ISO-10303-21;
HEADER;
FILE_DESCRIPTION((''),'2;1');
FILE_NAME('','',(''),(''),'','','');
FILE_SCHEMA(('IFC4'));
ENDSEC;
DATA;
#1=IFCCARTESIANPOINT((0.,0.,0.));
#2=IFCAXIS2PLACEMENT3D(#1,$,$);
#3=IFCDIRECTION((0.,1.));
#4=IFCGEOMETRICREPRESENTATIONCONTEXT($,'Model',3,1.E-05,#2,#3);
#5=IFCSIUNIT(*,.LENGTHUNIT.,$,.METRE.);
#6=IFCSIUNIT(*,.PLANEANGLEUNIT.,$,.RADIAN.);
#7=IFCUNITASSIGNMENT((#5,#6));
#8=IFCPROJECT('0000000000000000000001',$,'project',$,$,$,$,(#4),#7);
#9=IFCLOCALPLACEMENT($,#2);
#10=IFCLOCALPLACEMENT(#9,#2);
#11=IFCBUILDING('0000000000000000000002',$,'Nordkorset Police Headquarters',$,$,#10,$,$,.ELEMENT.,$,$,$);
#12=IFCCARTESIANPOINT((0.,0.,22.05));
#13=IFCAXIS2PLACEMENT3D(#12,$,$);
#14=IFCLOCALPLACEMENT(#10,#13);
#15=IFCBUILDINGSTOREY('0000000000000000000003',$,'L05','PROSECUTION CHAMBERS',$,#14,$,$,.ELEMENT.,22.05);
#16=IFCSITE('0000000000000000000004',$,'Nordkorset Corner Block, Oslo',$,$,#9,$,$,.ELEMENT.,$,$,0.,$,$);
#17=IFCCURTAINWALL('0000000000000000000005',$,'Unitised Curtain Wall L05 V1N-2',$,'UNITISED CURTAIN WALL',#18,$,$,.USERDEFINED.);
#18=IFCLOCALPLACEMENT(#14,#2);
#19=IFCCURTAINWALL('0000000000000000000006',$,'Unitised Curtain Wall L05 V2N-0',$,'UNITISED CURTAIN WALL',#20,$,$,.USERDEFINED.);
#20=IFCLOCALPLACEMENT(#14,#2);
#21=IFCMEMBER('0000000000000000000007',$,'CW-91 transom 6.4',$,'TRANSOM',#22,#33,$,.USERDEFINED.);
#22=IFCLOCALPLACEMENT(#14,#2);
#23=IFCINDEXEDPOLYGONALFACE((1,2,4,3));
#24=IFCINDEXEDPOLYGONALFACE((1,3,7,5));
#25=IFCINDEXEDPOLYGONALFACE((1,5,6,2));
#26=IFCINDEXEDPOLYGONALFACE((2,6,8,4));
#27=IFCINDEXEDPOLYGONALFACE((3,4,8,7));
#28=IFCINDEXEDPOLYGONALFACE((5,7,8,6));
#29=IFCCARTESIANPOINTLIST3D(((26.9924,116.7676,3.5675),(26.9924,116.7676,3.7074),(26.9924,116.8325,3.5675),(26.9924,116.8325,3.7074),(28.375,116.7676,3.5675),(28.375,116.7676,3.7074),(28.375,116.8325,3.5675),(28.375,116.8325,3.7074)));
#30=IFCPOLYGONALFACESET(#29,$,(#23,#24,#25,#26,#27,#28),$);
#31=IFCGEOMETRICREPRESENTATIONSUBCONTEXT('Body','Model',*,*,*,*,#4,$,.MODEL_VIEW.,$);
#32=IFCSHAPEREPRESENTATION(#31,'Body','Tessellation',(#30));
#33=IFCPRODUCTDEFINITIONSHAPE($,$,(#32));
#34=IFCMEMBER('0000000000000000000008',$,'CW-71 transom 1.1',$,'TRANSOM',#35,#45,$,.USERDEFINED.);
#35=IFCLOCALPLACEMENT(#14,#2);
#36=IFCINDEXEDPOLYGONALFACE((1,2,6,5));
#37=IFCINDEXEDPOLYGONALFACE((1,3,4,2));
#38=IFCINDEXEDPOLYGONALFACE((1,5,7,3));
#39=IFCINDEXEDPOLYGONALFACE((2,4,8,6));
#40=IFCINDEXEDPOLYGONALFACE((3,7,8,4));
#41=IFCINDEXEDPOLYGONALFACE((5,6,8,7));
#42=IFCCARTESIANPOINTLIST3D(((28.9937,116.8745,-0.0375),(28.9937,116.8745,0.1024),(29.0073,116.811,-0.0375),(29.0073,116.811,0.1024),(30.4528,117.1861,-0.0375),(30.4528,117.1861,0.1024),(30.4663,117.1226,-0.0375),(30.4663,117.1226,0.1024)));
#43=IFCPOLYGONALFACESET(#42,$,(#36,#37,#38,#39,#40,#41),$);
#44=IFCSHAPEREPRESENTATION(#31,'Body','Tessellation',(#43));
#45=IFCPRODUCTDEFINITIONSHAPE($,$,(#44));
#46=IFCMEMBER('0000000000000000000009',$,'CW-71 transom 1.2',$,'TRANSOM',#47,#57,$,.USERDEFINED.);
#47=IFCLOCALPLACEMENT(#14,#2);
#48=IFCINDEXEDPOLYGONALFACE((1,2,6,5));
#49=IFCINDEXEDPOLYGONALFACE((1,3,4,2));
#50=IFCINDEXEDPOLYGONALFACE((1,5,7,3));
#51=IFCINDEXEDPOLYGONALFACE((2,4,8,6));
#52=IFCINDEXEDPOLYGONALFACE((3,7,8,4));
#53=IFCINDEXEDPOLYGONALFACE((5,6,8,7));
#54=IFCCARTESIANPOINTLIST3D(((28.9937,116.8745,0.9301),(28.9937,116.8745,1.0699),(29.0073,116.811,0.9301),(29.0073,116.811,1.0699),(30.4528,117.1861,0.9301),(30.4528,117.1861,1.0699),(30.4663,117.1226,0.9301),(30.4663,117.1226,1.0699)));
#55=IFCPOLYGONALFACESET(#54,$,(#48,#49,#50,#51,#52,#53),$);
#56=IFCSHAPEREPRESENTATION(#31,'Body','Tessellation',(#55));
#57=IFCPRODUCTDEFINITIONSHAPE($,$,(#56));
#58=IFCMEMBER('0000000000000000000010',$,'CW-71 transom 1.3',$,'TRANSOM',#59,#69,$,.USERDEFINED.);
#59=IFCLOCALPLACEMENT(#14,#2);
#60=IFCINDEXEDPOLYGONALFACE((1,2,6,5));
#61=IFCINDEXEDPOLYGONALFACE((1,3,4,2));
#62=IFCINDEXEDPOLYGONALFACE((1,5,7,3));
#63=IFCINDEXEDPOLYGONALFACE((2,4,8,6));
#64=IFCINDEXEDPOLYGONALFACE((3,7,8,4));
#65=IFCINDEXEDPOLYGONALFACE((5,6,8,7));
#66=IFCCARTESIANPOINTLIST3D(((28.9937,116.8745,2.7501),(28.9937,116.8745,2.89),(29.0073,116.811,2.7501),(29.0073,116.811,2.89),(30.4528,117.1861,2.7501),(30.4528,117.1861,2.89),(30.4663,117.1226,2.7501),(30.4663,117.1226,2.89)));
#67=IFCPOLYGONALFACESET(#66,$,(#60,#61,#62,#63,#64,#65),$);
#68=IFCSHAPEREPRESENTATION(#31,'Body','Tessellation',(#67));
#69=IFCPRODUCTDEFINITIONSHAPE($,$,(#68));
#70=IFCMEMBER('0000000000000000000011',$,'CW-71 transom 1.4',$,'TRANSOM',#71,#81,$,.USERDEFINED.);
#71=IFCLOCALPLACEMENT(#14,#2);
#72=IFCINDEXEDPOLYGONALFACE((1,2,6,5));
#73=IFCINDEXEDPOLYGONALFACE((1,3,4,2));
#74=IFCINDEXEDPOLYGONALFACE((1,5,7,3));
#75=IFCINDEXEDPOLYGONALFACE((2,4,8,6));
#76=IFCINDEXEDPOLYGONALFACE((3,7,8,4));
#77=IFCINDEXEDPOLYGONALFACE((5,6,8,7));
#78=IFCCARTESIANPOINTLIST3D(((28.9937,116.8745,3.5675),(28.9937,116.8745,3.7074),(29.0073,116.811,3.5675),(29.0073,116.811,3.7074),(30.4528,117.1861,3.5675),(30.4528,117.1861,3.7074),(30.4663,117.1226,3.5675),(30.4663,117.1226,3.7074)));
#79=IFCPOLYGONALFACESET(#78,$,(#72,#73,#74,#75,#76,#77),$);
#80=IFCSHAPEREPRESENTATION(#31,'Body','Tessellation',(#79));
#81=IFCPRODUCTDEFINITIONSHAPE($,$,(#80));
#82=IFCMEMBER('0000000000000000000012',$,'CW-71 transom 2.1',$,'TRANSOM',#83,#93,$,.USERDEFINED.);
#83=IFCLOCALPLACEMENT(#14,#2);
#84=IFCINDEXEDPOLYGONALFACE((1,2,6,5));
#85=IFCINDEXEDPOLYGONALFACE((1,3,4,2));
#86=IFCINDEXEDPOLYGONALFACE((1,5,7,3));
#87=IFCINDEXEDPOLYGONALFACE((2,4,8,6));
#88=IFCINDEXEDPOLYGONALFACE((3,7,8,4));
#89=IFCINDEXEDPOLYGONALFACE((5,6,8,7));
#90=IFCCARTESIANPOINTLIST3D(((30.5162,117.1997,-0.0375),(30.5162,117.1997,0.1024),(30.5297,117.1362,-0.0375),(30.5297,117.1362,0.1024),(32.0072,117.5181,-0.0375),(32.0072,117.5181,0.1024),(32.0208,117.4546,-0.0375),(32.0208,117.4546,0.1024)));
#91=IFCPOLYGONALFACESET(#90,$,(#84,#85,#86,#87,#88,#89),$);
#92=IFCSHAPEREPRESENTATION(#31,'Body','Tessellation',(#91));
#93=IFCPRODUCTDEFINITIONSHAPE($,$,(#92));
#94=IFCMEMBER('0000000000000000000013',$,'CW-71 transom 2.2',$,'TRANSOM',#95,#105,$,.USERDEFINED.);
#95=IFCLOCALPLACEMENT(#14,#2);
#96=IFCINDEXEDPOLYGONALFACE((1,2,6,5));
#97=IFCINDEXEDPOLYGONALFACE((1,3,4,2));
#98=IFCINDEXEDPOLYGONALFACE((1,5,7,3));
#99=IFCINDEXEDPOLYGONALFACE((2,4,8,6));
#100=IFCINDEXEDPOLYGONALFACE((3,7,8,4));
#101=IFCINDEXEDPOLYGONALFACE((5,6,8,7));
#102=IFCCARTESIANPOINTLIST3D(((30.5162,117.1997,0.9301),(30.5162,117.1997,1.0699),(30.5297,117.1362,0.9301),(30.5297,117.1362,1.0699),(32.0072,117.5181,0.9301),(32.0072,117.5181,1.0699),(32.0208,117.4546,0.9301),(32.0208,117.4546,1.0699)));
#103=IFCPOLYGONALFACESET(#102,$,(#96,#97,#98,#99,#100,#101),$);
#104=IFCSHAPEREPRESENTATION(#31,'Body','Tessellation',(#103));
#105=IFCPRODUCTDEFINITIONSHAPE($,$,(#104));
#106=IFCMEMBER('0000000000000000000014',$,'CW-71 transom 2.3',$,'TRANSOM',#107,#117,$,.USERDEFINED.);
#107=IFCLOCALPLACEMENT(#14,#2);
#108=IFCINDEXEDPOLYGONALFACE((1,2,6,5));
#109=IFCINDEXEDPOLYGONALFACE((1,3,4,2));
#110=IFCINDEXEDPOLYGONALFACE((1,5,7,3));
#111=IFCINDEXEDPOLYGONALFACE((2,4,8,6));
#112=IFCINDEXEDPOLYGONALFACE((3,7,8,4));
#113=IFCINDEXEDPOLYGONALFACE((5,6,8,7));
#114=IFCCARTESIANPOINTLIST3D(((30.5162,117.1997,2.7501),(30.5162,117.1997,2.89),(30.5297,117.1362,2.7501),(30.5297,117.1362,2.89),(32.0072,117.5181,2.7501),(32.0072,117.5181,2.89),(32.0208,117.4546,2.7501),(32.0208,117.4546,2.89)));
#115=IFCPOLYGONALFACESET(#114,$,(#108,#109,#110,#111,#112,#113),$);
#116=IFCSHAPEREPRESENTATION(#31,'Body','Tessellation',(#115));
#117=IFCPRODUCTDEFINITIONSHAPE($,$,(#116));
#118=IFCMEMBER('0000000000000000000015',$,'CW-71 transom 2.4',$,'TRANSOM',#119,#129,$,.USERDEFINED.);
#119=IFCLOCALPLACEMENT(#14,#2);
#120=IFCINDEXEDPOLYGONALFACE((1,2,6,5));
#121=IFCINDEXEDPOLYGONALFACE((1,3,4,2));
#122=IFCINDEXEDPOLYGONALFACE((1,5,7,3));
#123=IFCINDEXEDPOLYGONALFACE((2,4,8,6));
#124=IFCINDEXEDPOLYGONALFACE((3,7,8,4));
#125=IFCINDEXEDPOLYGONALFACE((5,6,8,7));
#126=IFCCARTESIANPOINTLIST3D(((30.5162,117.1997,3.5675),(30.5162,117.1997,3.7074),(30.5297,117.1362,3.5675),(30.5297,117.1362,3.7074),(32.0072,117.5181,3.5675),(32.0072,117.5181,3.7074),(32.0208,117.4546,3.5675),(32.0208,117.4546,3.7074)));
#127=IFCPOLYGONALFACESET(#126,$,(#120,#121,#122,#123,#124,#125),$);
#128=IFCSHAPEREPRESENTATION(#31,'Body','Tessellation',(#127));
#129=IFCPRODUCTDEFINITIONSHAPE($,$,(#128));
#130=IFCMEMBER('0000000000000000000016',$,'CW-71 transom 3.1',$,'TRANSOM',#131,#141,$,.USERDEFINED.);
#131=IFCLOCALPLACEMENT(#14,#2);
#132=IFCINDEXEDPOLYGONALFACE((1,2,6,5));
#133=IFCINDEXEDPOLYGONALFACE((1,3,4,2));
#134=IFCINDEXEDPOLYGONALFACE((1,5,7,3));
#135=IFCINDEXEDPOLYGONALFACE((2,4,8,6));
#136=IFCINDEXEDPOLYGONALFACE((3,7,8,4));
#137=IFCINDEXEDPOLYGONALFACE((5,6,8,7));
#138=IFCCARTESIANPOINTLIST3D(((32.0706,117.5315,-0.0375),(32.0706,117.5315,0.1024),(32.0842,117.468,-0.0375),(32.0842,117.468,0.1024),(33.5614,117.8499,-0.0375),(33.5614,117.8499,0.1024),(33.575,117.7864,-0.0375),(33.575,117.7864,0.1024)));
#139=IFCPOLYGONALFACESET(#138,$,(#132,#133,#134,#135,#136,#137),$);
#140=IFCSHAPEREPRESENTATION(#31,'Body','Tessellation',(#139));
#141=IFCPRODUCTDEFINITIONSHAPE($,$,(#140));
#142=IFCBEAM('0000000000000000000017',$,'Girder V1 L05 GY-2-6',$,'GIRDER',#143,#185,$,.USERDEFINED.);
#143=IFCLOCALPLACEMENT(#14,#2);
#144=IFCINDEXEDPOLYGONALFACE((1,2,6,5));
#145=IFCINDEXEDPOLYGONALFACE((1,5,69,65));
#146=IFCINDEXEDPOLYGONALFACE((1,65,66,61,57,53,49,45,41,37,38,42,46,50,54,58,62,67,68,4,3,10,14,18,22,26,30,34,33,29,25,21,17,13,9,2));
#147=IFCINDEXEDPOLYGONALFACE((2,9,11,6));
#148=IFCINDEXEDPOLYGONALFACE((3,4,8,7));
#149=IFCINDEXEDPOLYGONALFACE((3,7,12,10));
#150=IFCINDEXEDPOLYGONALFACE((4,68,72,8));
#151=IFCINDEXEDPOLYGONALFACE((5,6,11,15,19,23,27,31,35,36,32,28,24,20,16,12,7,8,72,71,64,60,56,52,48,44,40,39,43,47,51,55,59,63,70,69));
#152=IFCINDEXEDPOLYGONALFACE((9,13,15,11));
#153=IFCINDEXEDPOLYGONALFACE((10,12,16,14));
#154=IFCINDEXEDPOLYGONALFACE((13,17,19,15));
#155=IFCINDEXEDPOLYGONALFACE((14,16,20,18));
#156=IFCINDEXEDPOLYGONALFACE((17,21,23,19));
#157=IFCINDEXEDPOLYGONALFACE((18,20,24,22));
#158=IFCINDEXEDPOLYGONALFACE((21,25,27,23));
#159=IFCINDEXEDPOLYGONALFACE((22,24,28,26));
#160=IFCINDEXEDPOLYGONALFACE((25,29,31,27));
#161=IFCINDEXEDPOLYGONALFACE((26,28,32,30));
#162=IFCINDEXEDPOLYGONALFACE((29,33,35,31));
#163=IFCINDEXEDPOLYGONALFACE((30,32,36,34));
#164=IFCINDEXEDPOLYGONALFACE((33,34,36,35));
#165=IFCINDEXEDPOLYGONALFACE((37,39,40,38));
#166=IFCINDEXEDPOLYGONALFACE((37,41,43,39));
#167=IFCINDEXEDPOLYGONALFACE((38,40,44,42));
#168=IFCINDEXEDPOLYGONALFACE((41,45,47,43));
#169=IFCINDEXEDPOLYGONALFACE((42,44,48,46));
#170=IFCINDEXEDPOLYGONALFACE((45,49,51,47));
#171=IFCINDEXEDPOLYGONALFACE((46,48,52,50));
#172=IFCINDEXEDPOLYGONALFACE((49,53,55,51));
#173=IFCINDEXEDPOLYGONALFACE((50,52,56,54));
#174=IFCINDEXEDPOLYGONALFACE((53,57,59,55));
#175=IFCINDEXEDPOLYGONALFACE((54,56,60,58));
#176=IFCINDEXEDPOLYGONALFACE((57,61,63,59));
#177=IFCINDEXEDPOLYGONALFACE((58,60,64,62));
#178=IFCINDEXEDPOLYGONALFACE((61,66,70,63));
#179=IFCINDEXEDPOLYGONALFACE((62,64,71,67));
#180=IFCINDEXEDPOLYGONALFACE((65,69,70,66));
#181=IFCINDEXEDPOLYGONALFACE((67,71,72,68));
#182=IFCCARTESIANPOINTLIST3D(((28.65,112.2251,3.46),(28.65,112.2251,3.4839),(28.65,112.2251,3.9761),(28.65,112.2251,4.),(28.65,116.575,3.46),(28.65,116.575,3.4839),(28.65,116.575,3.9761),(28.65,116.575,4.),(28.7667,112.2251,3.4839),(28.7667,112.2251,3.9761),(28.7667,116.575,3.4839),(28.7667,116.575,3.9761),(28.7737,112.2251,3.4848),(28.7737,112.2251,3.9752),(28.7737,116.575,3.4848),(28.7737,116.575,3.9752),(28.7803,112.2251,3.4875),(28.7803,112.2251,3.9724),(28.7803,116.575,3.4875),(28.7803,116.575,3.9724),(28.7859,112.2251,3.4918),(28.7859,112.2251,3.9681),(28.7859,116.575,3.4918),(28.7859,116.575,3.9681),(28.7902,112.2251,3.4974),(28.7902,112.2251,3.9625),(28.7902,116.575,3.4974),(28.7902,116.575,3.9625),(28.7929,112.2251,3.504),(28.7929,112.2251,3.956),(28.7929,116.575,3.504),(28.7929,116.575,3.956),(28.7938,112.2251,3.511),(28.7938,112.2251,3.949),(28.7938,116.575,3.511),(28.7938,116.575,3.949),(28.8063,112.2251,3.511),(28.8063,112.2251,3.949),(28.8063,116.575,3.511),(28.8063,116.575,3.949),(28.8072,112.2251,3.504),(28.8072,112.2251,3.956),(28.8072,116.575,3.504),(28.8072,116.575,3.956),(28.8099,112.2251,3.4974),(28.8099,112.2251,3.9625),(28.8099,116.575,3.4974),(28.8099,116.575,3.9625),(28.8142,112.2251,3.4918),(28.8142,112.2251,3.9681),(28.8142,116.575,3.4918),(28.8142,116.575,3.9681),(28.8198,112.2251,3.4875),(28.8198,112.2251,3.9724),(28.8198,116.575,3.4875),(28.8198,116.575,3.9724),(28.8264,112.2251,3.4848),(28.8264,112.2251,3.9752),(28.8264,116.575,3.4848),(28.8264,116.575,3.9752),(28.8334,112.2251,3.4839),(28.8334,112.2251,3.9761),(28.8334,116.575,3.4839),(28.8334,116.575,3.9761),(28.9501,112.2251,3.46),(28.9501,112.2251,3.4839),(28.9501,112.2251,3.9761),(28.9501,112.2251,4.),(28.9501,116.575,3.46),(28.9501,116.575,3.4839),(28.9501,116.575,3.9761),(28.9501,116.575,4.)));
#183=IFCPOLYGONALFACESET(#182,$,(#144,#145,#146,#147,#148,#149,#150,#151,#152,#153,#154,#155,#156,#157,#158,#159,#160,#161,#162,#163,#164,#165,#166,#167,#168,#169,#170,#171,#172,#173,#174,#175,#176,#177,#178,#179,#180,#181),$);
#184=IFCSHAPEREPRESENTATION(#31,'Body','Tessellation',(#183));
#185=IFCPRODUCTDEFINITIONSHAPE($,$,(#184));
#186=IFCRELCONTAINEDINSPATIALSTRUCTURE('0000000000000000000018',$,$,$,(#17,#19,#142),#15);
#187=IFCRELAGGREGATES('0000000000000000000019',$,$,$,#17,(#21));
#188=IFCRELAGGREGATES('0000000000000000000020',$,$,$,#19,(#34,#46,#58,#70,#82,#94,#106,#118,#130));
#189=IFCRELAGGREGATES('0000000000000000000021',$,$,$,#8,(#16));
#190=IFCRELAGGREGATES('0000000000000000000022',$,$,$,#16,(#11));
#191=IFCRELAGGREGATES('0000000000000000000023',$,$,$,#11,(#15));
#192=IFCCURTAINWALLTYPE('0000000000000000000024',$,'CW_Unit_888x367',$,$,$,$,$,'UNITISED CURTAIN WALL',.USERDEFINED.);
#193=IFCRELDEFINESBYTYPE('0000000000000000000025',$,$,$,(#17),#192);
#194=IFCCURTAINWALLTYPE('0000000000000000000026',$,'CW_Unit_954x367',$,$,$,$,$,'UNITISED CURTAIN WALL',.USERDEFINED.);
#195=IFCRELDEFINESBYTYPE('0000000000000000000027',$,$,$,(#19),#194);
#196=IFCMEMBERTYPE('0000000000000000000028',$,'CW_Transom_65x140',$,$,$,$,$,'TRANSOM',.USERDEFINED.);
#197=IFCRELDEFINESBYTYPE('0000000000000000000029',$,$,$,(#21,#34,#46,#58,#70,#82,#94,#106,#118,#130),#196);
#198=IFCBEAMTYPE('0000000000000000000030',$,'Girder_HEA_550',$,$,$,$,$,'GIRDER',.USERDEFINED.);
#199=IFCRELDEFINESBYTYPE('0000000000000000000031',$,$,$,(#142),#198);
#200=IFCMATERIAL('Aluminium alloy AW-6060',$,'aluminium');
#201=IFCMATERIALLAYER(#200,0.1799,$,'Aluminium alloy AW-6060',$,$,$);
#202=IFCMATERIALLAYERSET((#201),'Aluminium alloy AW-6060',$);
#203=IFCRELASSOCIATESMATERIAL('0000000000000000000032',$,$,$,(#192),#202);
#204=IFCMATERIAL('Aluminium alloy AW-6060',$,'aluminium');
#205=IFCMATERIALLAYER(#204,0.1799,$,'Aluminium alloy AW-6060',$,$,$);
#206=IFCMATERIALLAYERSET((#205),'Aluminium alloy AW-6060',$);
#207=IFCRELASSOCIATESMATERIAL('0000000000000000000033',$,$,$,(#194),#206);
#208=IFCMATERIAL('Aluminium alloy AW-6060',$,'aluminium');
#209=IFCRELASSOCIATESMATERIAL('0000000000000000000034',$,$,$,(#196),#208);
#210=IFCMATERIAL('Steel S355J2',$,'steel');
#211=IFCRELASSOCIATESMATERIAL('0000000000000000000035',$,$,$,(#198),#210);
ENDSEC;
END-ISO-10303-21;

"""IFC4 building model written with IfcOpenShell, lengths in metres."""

from ifc_helpers import new_model, si_unit, direction, frame, origin, origin_2d, place, context, subcontext, project, spatial, rectangle, i_section, extrude, material, layer, layer_set, material_profile, profile_set, type_object, element, aggregate, save


model = new_model("IFC4")

# Units and contexts
model_context = context("Model", 3, precision=1e-05, world=origin(), true_north=direction((0.0, 1.0)))
body_context = subcontext(model_context, "Body", "Model", "MODEL_VIEW")
ifc_project = project(units=[si_unit("LENGTHUNIT", "METRE"), si_unit("PLANEANGLEUNIT", "RADIAN")], contexts=[model_context])

# Site, building, storey
site_placement = place(None, origin())
site = spatial("IfcSite", under=ifc_project, at=site_placement, Name="Nordkorset Corner Block, Oslo", CompositionType="ELEMENT", RefElevation=0.0)
building_placement = place(site_placement, origin())
building = spatial("IfcBuilding", under=site, at=building_placement, Name="Nordkorset Police Headquarters", CompositionType="ELEMENT")
storey_placement = place(building_placement, frame((0.0, 0.0, 22.05)))
storey = spatial("IfcBuildingStorey", under=building, at=storey_placement, Name="L05", Description="PROSECUTION CHAMBERS", CompositionType="ELEMENT", Elevation=22.05)

# Curtain wall
ifc_material_1 = material(Name="Aluminium alloy AW-6060", Category="aluminium")
ifc_layer_1 = layer(ifc_material_1, 0.1799, Name="Aluminium alloy AW-6060")
ifc_layer_set_1 = layer_set([ifc_layer_1], Name="Aluminium alloy AW-6060")
curtain_wall_type_1 = type_object("IfcCurtainWallType", Name="CW_Unit_888x367", ElementType="UNITISED CURTAIN WALL", PredefinedType="USERDEFINED", material=ifc_layer_set_1)
curtain_wall_1_placement = place(storey_placement, origin())
curtain_wall_1 = element("IfcCurtainWall", 1, at=curtain_wall_1_placement, inside=storey, type_object=curtain_wall_type_1, Name="Unitised Curtain Wall L05 V1N-2", ObjectType="UNITISED CURTAIN WALL", PredefinedType="USERDEFINED")

# Curtain wall
ifc_material_2 = material(Name="Aluminium alloy AW-6060", Category="aluminium")
ifc_layer_2 = layer(ifc_material_2, 0.1799, Name="Aluminium alloy AW-6060")
ifc_layer_set_2 = layer_set([ifc_layer_2], Name="Aluminium alloy AW-6060")
curtain_wall_type_2 = type_object("IfcCurtainWallType", Name="CW_Unit_954x367", ElementType="UNITISED CURTAIN WALL", PredefinedType="USERDEFINED", material=ifc_layer_set_2)
curtain_wall_2_placement = place(storey_placement, origin())
curtain_wall_2 = element("IfcCurtainWall", 2, at=curtain_wall_2_placement, inside=storey, type_object=curtain_wall_type_2, Name="Unitised Curtain Wall L05 V2N-0", ObjectType="UNITISED CURTAIN WALL", PredefinedType="USERDEFINED")

# Members
ifc_material_3 = material(Name="Aluminium alloy AW-6060", Category="aluminium")
ifc_material_profile_1 = material_profile(ifc_material_3, rectangle(XDim=0.0649, YDim=0.1399, at=origin_2d()), Name="ALU TRAN 65x140")
ifc_profile_set_1 = profile_set([ifc_material_profile_1], Name="Aluminium alloy AW-6060")
member_type_1 = type_object("IfcMemberType", Name="CW_Transom_65x140", ElementType="TRANSOM", PredefinedType="USERDEFINED", material=ifc_profile_set_1)
member_1_placement = place(storey_placement, frame((26.9924, 116.8, 3.6375), z_axis=(1.0, 0.0, 0.0), x_axis=(0.0, 1.0, 0.0)))
member_1 = element("IfcMember", 3, at=member_1_placement, type_object=member_type_1, Name="CW-91 transom 6.4", ObjectType="TRANSOM", PredefinedType="USERDEFINED", context=body_context, shape_type="SweptSolid", body=[
    extrude(rectangle(XDim=0.0649, YDim=0.1399, at=origin_2d()), origin(), (0.0, 0.0, 1.0), 1.3826),
])
member_2_placement = place(storey_placement, frame((29.0005, 116.8428, 0.0325), z_axis=(0.977955, 0.208814, 0.0), x_axis=(-0.208814, 0.977955, 0.0)))
member_2 = element("IfcMember", 4, at=member_2_placement, type_object=member_type_1, Name="CW-71 transom 1.1", ObjectType="TRANSOM", PredefinedType="USERDEFINED", context=body_context, shape_type="SweptSolid", body=[
    extrude(rectangle(XDim=0.0649, YDim=0.1399, at=origin_2d()), origin(), (0.0, 0.0, 1.0), 1.4919),
])
member_3_placement = place(storey_placement, frame((29.0005, 116.8428, 1.0), z_axis=(0.977955, 0.208814, 0.0), x_axis=(-0.208814, 0.977955, 0.0)))
member_3 = element("IfcMember", 5, at=member_3_placement, type_object=member_type_1, Name="CW-71 transom 1.2", ObjectType="TRANSOM", PredefinedType="USERDEFINED", context=body_context, shape_type="SweptSolid", body=[
    extrude(rectangle(XDim=0.0649, YDim=0.1399, at=origin_2d()), origin(), (0.0, 0.0, 1.0), 1.4919),
])
member_4_placement = place(storey_placement, frame((29.0005, 116.8428, 2.8201), z_axis=(0.977955, 0.208814, 0.0), x_axis=(-0.208814, 0.977955, 0.0)))
member_4 = element("IfcMember", 6, at=member_4_placement, type_object=member_type_1, Name="CW-71 transom 1.3", ObjectType="TRANSOM", PredefinedType="USERDEFINED", context=body_context, shape_type="SweptSolid", body=[
    extrude(rectangle(XDim=0.0649, YDim=0.1399, at=origin_2d()), origin(), (0.0, 0.0, 1.0), 1.4919),
])
member_5_placement = place(storey_placement, frame((29.0005, 116.8428, 3.6375), z_axis=(0.977955, 0.208814, 0.0), x_axis=(-0.208814, 0.977955, 0.0)))
member_5 = element("IfcMember", 7, at=member_5_placement, type_object=member_type_1, Name="CW-71 transom 1.4", ObjectType="TRANSOM", PredefinedType="USERDEFINED", context=body_context, shape_type="SweptSolid", body=[
    extrude(rectangle(XDim=0.0649, YDim=0.1399, at=origin_2d()), origin(), (0.0, 0.0, 1.0), 1.4919),
])
member_6_placement = place(storey_placement, frame((30.5229, 117.168, 0.0325), z_axis=(0.977954, 0.208818, 0.0), x_axis=(-0.208818, 0.977954, 0.0)))
member_6 = element("IfcMember", 8, at=member_6_placement, type_object=member_type_1, Name="CW-71 transom 2.1", ObjectType="TRANSOM", PredefinedType="USERDEFINED", context=body_context, shape_type="SweptSolid", body=[
    extrude(rectangle(XDim=0.0649, YDim=0.1399, at=origin_2d()), origin(), (0.0, 0.0, 1.0), 1.5247),
])
member_7_placement = place(storey_placement, frame((30.5229, 117.168, 1.0), z_axis=(0.977954, 0.208818, 0.0), x_axis=(-0.208818, 0.977954, 0.0)))
member_7 = element("IfcMember", 9, at=member_7_placement, type_object=member_type_1, Name="CW-71 transom 2.2", ObjectType="TRANSOM", PredefinedType="USERDEFINED", context=body_context, shape_type="SweptSolid", body=[
    extrude(rectangle(XDim=0.0649, YDim=0.1399, at=origin_2d()), origin(), (0.0, 0.0, 1.0), 1.5247),
])
member_8_placement = place(storey_placement, frame((30.5229, 117.168, 2.8201), z_axis=(0.977954, 0.208818, 0.0), x_axis=(-0.208818, 0.977954, 0.0)))
member_8 = element("IfcMember", 10, at=member_8_placement, type_object=member_type_1, Name="CW-71 transom 2.3", ObjectType="TRANSOM", PredefinedType="USERDEFINED", context=body_context, shape_type="SweptSolid", body=[
    extrude(rectangle(XDim=0.0649, YDim=0.1399, at=origin_2d()), origin(), (0.0, 0.0, 1.0), 1.5247),
])
member_9_placement = place(storey_placement, frame((30.5229, 117.168, 3.6375), z_axis=(0.977954, 0.208818, 0.0), x_axis=(-0.208818, 0.977954, 0.0)))
member_9 = element("IfcMember", 11, at=member_9_placement, type_object=member_type_1, Name="CW-71 transom 2.4", ObjectType="TRANSOM", PredefinedType="USERDEFINED", context=body_context, shape_type="SweptSolid", body=[
    extrude(rectangle(XDim=0.0649, YDim=0.1399, at=origin_2d()), origin(), (0.0, 0.0, 1.0), 1.5247),
])
member_10_placement = place(storey_placement, frame((32.0774, 117.4998, 0.0325), z_axis=(0.977947, 0.208851, 0.0), x_axis=(-0.208851, 0.977947, 0.0)))
member_10 = element("IfcMember", 12, at=member_10_placement, type_object=member_type_1, Name="CW-71 transom 3.1", ObjectType="TRANSOM", PredefinedType="USERDEFINED", context=body_context, shape_type="SweptSolid", body=[
    extrude(rectangle(XDim=0.0649, YDim=0.1399, at=origin_2d()), origin(), (0.0, 0.0, 1.0), 1.5244),
])

# Beam
ifc_material_4 = material(Name="Steel S355J2", Category="steel")
ifc_material_profile_2 = material_profile(ifc_material_4, i_section(OverallWidth=0.3, OverallDepth=0.54, WebThickness=0.0125, FlangeThickness=0.0239, FilletRadius=0.0271, at=origin_2d()), Name="HEA 550")
ifc_profile_set_2 = profile_set([ifc_material_profile_2], Name="Steel S355J2")
beam_type_1 = type_object("IfcBeamType", Name="Girder_HEA_550", ElementType="GIRDER", PredefinedType="USERDEFINED", material=ifc_profile_set_2)
beam_1_placement = place(storey_placement, frame((28.8, 112.2251, 3.73), z_axis=(0.0, 1.0, 0.0), x_axis=(-1.0, 0.0, 0.0)))
element("IfcBeam", 13, at=beam_1_placement, inside=storey, type_object=beam_type_1, Name="Girder V1 L05 GY-2-6", ObjectType="GIRDER", PredefinedType="USERDEFINED", context=body_context, shape_type="SweptSolid", body=[
    extrude(i_section(OverallWidth=0.3, OverallDepth=0.54, WebThickness=0.0125, FlangeThickness=0.0239, FilletRadius=0.0271, at=origin_2d()), origin(), (0.0, 0.0, 1.0), 4.3499),
])

aggregate(curtain_wall_1, [member_1])
aggregate(curtain_wall_2, [member_2, member_3, member_4, member_5, member_6, member_7, member_8, member_9, member_10])

save(model, "model.ifc")
